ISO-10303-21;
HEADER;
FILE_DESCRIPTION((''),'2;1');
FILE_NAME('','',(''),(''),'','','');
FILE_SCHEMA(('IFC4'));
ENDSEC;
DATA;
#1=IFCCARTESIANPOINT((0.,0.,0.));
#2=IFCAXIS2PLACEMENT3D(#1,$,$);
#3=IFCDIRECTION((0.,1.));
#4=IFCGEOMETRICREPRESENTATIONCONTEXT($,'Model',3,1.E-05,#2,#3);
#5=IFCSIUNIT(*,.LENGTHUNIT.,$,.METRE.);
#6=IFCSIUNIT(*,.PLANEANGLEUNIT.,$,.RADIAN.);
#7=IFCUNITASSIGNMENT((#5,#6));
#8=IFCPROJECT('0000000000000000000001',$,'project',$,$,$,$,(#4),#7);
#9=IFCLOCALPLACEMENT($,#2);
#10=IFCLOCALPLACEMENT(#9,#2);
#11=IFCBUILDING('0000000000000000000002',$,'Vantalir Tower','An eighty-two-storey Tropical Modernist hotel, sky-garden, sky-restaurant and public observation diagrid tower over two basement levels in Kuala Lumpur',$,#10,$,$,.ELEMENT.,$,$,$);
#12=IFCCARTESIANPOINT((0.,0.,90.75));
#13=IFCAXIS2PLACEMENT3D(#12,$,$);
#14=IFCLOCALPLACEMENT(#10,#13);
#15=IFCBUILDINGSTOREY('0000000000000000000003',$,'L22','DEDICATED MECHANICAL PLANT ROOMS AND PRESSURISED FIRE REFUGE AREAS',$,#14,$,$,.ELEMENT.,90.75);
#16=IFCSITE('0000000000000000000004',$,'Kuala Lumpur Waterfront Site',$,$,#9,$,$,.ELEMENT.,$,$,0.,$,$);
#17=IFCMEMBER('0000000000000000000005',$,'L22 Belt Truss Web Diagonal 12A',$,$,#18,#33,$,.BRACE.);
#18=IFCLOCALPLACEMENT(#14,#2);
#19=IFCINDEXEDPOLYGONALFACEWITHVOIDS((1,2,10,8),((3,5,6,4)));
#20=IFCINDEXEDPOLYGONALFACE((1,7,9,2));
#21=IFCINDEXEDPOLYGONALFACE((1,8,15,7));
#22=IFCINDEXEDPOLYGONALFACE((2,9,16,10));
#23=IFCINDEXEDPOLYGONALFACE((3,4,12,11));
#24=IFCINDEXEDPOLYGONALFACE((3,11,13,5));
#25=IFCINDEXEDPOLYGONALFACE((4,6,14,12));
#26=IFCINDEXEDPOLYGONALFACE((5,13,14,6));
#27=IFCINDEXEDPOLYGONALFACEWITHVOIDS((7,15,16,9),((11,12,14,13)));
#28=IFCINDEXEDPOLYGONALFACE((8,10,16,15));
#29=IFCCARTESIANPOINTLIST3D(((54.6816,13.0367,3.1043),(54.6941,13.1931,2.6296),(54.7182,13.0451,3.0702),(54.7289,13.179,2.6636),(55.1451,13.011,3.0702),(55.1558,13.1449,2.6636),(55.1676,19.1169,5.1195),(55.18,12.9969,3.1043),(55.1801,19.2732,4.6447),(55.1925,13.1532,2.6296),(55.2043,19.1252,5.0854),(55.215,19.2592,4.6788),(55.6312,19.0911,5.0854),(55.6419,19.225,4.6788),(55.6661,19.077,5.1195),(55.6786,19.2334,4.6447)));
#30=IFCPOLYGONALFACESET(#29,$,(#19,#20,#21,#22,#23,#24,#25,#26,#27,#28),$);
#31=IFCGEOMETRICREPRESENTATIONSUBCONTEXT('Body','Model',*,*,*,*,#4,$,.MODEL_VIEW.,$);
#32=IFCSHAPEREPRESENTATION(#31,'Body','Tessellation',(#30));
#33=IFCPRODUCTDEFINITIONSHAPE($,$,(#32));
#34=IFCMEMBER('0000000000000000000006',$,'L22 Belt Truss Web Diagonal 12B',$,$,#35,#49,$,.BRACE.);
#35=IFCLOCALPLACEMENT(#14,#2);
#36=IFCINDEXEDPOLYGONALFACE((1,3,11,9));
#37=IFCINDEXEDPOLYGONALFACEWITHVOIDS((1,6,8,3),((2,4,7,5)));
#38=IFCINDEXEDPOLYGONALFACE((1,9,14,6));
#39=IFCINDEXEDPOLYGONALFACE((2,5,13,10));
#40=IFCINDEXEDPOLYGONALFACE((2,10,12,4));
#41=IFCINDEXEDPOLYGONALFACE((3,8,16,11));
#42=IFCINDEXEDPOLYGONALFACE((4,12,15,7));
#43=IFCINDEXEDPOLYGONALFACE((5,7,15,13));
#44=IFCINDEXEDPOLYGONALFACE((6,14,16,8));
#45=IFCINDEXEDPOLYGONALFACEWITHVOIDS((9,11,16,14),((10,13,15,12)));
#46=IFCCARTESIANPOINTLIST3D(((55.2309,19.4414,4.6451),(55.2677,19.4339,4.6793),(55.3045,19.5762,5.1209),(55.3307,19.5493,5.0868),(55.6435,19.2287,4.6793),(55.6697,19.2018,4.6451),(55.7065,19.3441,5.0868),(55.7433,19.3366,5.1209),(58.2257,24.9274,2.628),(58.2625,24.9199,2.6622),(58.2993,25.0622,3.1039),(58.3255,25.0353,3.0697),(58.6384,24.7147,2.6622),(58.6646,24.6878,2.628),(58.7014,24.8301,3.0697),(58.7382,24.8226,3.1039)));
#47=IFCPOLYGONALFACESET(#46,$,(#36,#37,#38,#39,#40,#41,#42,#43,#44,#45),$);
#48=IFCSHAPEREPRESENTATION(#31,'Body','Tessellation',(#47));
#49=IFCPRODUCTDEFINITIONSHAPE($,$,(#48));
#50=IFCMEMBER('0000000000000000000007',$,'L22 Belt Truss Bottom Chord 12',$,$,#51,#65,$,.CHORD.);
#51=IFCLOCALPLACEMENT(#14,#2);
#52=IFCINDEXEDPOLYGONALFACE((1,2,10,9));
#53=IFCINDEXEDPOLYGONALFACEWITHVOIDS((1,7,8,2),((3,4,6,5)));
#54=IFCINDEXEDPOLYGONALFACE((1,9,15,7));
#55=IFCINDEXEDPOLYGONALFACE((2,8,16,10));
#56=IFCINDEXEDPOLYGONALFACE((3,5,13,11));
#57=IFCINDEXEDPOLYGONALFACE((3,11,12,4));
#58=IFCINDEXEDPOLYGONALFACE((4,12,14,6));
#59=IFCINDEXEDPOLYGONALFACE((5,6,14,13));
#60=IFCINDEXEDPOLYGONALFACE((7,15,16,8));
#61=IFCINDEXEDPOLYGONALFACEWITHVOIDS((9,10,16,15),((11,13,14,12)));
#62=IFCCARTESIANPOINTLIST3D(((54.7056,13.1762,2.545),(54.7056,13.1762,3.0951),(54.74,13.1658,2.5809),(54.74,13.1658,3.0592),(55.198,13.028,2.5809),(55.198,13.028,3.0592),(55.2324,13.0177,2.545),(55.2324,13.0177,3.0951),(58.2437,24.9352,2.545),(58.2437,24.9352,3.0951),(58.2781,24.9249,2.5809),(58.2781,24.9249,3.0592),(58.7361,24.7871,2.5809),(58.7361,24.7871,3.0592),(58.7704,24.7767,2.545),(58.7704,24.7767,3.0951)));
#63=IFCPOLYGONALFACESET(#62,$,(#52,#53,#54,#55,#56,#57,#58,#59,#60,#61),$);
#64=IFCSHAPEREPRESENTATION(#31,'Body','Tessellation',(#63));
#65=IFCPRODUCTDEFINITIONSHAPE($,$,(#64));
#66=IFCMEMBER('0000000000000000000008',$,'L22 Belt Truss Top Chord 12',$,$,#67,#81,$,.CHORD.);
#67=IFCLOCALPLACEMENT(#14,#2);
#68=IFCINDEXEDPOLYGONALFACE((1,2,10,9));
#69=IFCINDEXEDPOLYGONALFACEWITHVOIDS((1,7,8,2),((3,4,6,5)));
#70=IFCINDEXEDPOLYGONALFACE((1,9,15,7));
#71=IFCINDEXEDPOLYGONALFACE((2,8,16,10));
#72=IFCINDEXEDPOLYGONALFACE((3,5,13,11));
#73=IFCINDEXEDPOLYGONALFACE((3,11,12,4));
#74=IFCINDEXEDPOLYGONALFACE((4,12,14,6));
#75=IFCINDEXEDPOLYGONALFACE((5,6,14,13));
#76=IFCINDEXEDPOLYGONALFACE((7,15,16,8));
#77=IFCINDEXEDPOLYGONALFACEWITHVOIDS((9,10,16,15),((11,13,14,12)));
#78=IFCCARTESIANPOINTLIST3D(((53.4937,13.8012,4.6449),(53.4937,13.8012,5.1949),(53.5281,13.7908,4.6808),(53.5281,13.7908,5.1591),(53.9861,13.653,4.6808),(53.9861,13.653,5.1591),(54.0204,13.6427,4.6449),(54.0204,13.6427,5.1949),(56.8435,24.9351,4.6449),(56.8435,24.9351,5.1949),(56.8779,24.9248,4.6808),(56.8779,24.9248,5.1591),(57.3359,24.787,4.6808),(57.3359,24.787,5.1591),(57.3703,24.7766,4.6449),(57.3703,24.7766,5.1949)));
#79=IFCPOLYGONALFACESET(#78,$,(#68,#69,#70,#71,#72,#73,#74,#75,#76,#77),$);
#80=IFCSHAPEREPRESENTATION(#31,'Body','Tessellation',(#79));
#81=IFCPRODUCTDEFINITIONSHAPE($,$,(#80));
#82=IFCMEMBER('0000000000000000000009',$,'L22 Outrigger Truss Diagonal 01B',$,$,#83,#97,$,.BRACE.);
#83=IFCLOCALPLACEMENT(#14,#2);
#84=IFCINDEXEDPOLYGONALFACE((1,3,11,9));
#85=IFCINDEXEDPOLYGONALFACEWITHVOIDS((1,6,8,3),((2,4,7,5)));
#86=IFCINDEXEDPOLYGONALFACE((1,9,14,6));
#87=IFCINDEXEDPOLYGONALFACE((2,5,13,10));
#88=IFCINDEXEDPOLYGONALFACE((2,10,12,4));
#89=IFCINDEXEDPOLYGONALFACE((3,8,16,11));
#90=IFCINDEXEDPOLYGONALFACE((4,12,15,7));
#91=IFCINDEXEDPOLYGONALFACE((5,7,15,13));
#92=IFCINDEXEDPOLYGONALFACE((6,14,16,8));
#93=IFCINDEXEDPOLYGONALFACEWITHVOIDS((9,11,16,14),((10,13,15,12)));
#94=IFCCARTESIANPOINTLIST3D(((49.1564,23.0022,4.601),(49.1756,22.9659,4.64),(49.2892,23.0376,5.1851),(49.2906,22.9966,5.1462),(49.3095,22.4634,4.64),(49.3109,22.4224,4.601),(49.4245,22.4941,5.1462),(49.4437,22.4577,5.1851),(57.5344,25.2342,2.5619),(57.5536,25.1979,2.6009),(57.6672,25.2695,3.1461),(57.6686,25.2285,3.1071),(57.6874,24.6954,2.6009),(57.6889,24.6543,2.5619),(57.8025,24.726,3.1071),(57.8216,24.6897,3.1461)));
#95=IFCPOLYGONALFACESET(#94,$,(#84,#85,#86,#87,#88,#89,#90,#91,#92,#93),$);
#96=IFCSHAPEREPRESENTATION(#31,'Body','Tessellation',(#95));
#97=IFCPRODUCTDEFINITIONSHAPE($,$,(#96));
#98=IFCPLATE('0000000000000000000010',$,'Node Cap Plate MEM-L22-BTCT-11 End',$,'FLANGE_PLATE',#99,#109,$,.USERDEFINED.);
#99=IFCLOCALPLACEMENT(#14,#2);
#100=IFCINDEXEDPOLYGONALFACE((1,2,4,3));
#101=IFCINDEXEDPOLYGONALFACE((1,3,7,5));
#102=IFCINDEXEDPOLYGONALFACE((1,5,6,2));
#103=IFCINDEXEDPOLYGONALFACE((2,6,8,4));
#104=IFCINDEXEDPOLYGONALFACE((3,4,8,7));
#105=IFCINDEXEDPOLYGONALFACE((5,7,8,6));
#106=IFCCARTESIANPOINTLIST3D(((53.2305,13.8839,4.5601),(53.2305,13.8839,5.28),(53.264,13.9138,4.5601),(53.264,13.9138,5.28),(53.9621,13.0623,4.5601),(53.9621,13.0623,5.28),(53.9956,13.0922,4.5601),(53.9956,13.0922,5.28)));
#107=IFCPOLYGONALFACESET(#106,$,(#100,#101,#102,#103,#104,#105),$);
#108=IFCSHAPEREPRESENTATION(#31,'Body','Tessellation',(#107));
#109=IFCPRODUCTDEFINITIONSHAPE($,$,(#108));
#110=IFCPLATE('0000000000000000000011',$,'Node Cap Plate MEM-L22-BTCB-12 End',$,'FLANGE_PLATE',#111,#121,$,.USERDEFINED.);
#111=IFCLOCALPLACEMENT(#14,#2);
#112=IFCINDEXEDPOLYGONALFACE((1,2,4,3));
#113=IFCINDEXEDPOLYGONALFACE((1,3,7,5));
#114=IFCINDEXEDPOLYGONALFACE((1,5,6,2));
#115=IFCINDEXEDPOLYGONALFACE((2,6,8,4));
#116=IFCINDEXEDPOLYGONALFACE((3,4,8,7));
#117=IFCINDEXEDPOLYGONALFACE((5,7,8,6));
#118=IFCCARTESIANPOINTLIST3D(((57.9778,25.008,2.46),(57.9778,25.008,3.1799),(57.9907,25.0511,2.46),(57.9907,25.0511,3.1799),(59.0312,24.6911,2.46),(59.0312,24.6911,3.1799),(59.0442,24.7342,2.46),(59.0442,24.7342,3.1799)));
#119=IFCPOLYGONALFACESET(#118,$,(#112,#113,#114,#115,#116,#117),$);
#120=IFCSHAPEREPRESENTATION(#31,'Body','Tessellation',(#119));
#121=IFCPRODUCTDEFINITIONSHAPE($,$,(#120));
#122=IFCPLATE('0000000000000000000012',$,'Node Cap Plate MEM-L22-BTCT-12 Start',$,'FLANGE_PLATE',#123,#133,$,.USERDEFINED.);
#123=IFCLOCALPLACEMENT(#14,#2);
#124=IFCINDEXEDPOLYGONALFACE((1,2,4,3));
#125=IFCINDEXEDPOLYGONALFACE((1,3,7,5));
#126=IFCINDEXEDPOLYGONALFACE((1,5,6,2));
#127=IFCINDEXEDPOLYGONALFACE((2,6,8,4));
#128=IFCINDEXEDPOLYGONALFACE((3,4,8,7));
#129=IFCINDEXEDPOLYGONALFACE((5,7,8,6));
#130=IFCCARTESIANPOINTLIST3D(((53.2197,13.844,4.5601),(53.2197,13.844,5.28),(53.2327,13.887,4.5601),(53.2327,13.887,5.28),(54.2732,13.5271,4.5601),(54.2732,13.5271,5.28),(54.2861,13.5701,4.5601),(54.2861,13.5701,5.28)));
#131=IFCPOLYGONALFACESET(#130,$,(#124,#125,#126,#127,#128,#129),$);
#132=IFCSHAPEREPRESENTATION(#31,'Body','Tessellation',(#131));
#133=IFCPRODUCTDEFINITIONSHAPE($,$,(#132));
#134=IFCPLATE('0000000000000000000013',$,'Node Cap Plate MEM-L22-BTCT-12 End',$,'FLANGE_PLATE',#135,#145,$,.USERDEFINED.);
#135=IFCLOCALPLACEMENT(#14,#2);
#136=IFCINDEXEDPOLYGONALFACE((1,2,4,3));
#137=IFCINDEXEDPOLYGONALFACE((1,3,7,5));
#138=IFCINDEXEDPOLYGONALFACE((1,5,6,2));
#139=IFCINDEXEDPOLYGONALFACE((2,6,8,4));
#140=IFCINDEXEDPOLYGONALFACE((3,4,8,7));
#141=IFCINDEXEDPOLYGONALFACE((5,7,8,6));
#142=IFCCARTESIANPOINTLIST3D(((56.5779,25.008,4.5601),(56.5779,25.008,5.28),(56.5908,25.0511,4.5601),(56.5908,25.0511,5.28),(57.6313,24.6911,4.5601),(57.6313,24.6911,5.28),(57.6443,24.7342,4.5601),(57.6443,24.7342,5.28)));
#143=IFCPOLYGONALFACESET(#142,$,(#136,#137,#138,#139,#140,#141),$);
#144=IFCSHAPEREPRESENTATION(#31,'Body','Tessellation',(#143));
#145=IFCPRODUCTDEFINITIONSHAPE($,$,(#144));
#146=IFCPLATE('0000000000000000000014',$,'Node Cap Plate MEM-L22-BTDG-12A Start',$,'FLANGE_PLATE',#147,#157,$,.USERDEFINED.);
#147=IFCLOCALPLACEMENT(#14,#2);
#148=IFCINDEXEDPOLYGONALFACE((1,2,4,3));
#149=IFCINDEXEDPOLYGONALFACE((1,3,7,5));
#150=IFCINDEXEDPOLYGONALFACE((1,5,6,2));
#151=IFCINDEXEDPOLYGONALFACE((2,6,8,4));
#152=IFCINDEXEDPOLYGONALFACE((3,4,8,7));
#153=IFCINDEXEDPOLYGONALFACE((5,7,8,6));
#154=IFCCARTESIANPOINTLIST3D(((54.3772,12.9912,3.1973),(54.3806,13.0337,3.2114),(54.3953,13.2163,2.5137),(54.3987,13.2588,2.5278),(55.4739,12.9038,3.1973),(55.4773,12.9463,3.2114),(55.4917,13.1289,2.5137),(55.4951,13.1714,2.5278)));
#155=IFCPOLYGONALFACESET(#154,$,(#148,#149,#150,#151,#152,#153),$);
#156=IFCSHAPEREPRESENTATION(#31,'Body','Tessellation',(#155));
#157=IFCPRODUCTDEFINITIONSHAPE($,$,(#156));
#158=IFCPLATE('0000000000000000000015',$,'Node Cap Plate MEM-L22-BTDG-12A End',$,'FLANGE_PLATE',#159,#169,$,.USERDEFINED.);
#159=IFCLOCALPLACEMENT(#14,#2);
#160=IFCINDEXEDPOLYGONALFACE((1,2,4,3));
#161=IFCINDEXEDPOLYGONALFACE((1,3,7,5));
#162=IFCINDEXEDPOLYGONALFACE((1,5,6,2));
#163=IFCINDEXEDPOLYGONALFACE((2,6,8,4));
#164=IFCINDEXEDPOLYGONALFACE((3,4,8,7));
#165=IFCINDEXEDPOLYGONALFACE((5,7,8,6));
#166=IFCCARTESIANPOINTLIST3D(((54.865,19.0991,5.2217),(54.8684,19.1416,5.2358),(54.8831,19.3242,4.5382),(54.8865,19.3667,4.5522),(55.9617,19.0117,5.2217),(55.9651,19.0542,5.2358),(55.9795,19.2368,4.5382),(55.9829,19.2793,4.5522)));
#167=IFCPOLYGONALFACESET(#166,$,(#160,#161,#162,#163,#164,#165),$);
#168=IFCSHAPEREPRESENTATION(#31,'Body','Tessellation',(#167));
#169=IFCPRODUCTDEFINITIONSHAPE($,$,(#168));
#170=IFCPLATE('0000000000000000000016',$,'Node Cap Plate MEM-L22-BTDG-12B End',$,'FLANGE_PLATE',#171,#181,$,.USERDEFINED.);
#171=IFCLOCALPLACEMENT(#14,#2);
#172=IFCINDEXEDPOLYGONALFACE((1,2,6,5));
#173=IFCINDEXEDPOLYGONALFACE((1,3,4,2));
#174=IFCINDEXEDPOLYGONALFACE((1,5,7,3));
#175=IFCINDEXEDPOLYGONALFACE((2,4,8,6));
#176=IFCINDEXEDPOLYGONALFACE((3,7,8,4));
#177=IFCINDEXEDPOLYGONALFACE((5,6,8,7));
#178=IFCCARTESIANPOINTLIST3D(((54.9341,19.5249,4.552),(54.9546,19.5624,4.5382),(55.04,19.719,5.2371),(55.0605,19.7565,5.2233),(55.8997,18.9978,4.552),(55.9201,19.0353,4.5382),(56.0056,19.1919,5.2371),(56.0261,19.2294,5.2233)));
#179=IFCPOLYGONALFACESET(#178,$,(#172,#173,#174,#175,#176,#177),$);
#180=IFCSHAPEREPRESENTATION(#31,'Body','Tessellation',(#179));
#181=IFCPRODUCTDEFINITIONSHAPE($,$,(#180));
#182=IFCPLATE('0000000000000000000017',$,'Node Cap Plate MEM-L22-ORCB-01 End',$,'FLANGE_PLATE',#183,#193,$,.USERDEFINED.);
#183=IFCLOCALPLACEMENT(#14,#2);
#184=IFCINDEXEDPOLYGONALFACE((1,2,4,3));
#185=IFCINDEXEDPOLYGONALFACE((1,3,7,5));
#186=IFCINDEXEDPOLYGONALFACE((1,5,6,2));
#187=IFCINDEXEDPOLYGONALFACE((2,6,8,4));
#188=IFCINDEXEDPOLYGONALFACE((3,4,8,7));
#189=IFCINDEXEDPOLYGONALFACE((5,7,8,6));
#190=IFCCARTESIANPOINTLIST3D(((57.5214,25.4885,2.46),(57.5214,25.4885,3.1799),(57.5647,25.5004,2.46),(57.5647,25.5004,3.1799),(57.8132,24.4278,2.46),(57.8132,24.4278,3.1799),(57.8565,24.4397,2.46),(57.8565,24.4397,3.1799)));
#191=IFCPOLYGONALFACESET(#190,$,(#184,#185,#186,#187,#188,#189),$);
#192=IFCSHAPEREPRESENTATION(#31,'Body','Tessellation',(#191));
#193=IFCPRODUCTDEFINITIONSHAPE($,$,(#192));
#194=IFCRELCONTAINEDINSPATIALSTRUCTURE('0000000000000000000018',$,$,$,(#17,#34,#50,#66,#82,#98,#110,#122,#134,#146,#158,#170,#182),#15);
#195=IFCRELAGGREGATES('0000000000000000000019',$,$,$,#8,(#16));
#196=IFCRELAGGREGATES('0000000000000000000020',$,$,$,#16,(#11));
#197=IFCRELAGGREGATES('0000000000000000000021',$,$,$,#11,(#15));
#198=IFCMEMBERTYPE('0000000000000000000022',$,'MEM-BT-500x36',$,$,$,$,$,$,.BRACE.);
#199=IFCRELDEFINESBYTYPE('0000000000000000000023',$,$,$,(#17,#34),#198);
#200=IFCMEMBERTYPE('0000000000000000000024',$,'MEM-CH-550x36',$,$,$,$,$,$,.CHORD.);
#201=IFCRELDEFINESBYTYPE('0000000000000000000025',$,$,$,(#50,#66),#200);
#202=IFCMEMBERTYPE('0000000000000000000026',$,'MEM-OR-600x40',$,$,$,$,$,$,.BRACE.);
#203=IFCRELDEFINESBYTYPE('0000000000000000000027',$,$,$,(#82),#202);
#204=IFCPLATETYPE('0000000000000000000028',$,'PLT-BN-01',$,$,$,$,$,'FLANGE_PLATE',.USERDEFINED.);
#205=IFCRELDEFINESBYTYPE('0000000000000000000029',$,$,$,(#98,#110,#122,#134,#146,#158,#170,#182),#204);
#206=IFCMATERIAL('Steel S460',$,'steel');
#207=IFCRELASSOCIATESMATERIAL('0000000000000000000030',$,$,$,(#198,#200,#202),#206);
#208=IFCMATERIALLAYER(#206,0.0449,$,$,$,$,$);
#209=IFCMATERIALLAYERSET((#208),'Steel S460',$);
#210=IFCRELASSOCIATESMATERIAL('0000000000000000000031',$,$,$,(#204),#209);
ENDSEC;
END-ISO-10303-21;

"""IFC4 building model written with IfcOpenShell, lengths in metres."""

from ifc_helpers import new_model, si_unit, direction, frame, origin, origin_2d, place, context, subcontext, project, spatial, polyline, rectangle, hollow_rectangle, outline, extrude, material, layer, layer_set, material_profile, profile_set, type_object, element, save


model = new_model("IFC4")

# Units and contexts
model_context = context("Model", 3, precision=1e-05, world=origin(), true_north=direction((0.0, 1.0)))
body_context = subcontext(model_context, "Body", "Model", "MODEL_VIEW")
ifc_project = project(units=[si_unit("LENGTHUNIT", "METRE"), si_unit("PLANEANGLEUNIT", "RADIAN")], contexts=[model_context])

# Site, building, storey
site_placement = place(None, origin())
site = spatial("IfcSite", under=ifc_project, at=site_placement, Name="Kuala Lumpur Waterfront Site", CompositionType="ELEMENT", RefElevation=0.0)
building_placement = place(site_placement, origin())
building = spatial("IfcBuilding", under=site, at=building_placement, Name="Vantalir Tower", Description="An eighty-two-storey Tropical Modernist hotel, sky-garden, sky-restaurant and public observation diagrid tower over two basement levels in Kuala Lumpur", CompositionType="ELEMENT")
storey_placement = place(building_placement, frame((0.0, 0.0, 90.75)))
storey = spatial("IfcBuildingStorey", under=building, at=storey_placement, Name="L22", Description="DEDICATED MECHANICAL PLANT ROOMS AND PRESSURISED FIRE REFUGE AREAS", CompositionType="ELEMENT", Elevation=90.75)

# Shared definitions
ifc_material_1 = material(Name="Steel S460", Category="steel")

# Members
ifc_material_profile_1 = material_profile(ifc_material_1, hollow_rectangle(XDim=0.5, YDim=0.5, WallThickness=0.0359, at=origin_2d()), Name="Steel S460")
ifc_profile_set_1 = profile_set([ifc_material_profile_1], Name="Steel S460")
member_type_1 = type_object("IfcMemberType", Name="MEM-BT-500x36", PredefinedType="BRACE", material=ifc_profile_set_1)
member_1_placement = place(storey_placement, frame((54.937, 13.095, 2.8669), z_axis=(0.07567, 0.946502, 0.313702), x_axis=(-0.996819, 0.079693, 0.0)))
element("IfcMember", 1, at=member_1_placement, inside=storey, type_object=member_type_1, Name="L22 Belt Truss Web Diagonal 12A", PredefinedType="BRACE", context=body_context, shape_type="SweptSolid", body=[
    extrude(hollow_rectangle(XDim=0.5, YDim=0.5, WallThickness=0.0359, at=origin_2d()), origin(), (0.0, 0.0, 1.0), 6.4238),
])
member_2_placement = place(storey_placement, frame((58.4819, 24.875, 2.866), z_axis=(-0.455998, -0.835309, 0.307121), x_axis=(0.87773, -0.479156, 0.0)))
element("IfcMember", 2, at=member_2_placement, inside=storey, type_object=member_type_1, Name="L22 Belt Truss Web Diagonal 12B", PredefinedType="BRACE", context=body_context, shape_type="SweptSolid", body=[
    extrude(hollow_rectangle(XDim=0.5, YDim=0.5, WallThickness=0.0359, at=origin_2d()), origin(), (0.0, 0.0, 1.0), 6.5676),
])
ifc_material_profile_2 = material_profile(ifc_material_1, hollow_rectangle(XDim=0.55, YDim=0.55, WallThickness=0.0359, at=origin_2d()), Name="Steel S460")
ifc_profile_set_2 = profile_set([ifc_material_profile_2], Name="Steel S460")
member_type_2 = type_object("IfcMemberType", Name="MEM-CH-550x36", PredefinedType="CHORD", material=ifc_profile_set_2)
member_3_placement = place(storey_placement, frame((54.969, 13.0969, 2.8201), z_axis=(0.288123, 0.957593, 0.0), x_axis=(-0.957593, 0.288123, 0.0)))
element("IfcMember", 3, at=member_3_placement, inside=storey, type_object=member_type_2, Name="L22 Belt Truss Bottom Chord 12", PredefinedType="CHORD", context=body_context, shape_type="SweptSolid", body=[
    extrude(hollow_rectangle(XDim=0.55, YDim=0.55, WallThickness=0.0359, at=origin_2d()), origin(), (0.0, 0.0, 1.0), 12.2798),
])
member_4_placement = place(storey_placement, frame((53.7571, 13.7219, 4.9199), z_axis=(0.288109, 0.957598, 0.0), x_axis=(-0.957598, 0.288109, 0.0)))
element("IfcMember", 4, at=member_4_placement, inside=storey, type_object=member_type_2, Name="L22 Belt Truss Top Chord 12", PredefinedType="CHORD", context=body_context, shape_type="SweptSolid", body=[
    extrude(hollow_rectangle(XDim=0.55, YDim=0.55, WallThickness=0.0359, at=origin_2d()), origin(), (0.0, 0.0, 1.0), 11.627),
])
ifc_material_profile_3 = material_profile(ifc_material_1, hollow_rectangle(XDim=0.6001, YDim=0.6001, WallThickness=0.04, at=origin_2d()), Name="Steel S460")
ifc_profile_set_3 = profile_set([ifc_material_profile_3], Name="Steel S460")
member_type_3 = type_object("IfcMemberType", Name="MEM-OR-600x40", PredefinedType="BRACE", material=ifc_profile_set_3)
member_5_placement = place(storey_placement, frame((49.3, 22.73, 4.8931), z_axis=(0.940634, 0.250591, -0.228936), x_axis=(-0.257428, 0.966298, 0.0)))
element("IfcMember", 5, at=member_5_placement, inside=storey, type_object=member_type_3, Name="L22 Outrigger Truss Diagonal 01B", PredefinedType="BRACE", context=body_context, shape_type="SweptSolid", body=[
    extrude(hollow_rectangle(XDim=0.6001, YDim=0.6001, WallThickness=0.04, at=origin_2d()), origin(), (0.0, 0.0, 1.0), 8.9067),
])

# Plates
ifc_layer_1 = layer(ifc_material_1, 0.0449)
ifc_layer_set_1 = layer_set([ifc_layer_1], Name="Steel S460")
plate_type_1 = type_object("IfcPlateType", Name="PLT-BN-01", ElementType="FLANGE_PLATE", PredefinedType="USERDEFINED", material=ifc_layer_set_1)
for number, where, z_axis, x_axis, name in (
    (6, (53.613, 13.488, 4.5601), (0.0, 0.0, 1.0), (0.746812, 0.665035, 0.0), "Node Cap Plate MEM-L22-BTCT-11 End"),
    (7, (58.511, 24.8711, 2.46), (0.0, 0.0, 1.0), (0.288063, 0.957612, 0.0), "Node Cap Plate MEM-L22-BTCB-12 End"),
    (8, (53.7529, 13.707, 4.5601), (0.0, 0.0, 1.0), (0.288063, 0.957612, 0.0), "Node Cap Plate MEM-L22-BTCT-12 Start"),
    (9, (57.1111, 24.8711, 4.5601), (0.0, 0.0, 1.0), (0.288063, 0.957612, 0.0), "Node Cap Plate MEM-L22-BTCT-12 End"),
):
    element("IfcPlate", number, at=place(storey_placement, frame(where, z_axis=z_axis, x_axis=x_axis)), inside=storey, type_object=plate_type_1, Name=name, ObjectType="FLANGE_PLATE", PredefinedType="USERDEFINED", context=body_context, shape_type="SweptSolid", body=[
        extrude(rectangle(XDim=0.0449, YDim=1.1001, at=origin_2d()), origin(), (0.0, 0.0, 1.0), 0.72),
    ])
for number, where, z_axis, x_axis, name in (
    (10, (55.4951, 13.1714, 2.5278), (0.075444, 0.946533, 0.31366), (-0.996838, 0.079455, -0.000003), "Node Cap Plate MEM-L22-BTDG-12A Start"),
    (11, (55.9829, 19.2793, 4.5522), (0.075444, 0.946533, 0.31366), (-0.996838, 0.079455, -0.000003), "Node Cap Plate MEM-L22-BTDG-12A End"),
):
    element("IfcPlate", number, at=place(storey_placement, frame(where, z_axis=z_axis, x_axis=x_axis)), inside=storey, type_object=plate_type_1, Name=name, ObjectType="FLANGE_PLATE", PredefinedType="USERDEFINED", context=body_context, shape_type="SweptSolid", body=[
        extrude(outline(polyline([(0.0, 0.0), (1.0999, 0.0), (1.1, 0.7199), (-0.0001, 0.7199), (0.0, 0.0)])), origin(), (0.0, 0.0, -1.0), 0.0449),
    ])
plate_1_placement = place(storey_placement, frame((54.9341, 19.5249, 4.552), z_axis=(-0.455981, -0.835296, 0.307183), x_axis=(0.877734, -0.479148, 0.0)))
element("IfcPlate", 12, at=plate_1_placement, inside=storey, type_object=plate_type_1, Name="Node Cap Plate MEM-L22-BTDG-12B End", ObjectType="FLANGE_PLATE", PredefinedType="USERDEFINED", context=body_context, shape_type="SweptSolid", body=[
    extrude(outline(polyline([(0.0, 0.0), (1.1001, 0.0), (1.1001, 0.7199), (0.0, 0.7199), (0.0, 0.0)])), origin(), (0.0, 0.0, -1.0), 0.0449),
])
for number, where, z_axis, x_axis, name in (
    (13, (57.689, 24.9641, 2.46), (0.0, 0.0, 1.0), (0.96417, 0.265287, 0.0), "Node Cap Plate MEM-L22-ORCB-01 End"),
):
    element("IfcPlate", number, at=place(storey_placement, frame(where, z_axis=z_axis, x_axis=x_axis)), inside=storey, type_object=plate_type_1, Name=name, ObjectType="FLANGE_PLATE", PredefinedType="USERDEFINED", context=body_context, shape_type="SweptSolid", body=[
        extrude(rectangle(XDim=0.0449, YDim=1.1001, at=origin_2d()), origin(), (0.0, 0.0, 1.0), 0.72),
    ])

save(model, "model.ifc")
